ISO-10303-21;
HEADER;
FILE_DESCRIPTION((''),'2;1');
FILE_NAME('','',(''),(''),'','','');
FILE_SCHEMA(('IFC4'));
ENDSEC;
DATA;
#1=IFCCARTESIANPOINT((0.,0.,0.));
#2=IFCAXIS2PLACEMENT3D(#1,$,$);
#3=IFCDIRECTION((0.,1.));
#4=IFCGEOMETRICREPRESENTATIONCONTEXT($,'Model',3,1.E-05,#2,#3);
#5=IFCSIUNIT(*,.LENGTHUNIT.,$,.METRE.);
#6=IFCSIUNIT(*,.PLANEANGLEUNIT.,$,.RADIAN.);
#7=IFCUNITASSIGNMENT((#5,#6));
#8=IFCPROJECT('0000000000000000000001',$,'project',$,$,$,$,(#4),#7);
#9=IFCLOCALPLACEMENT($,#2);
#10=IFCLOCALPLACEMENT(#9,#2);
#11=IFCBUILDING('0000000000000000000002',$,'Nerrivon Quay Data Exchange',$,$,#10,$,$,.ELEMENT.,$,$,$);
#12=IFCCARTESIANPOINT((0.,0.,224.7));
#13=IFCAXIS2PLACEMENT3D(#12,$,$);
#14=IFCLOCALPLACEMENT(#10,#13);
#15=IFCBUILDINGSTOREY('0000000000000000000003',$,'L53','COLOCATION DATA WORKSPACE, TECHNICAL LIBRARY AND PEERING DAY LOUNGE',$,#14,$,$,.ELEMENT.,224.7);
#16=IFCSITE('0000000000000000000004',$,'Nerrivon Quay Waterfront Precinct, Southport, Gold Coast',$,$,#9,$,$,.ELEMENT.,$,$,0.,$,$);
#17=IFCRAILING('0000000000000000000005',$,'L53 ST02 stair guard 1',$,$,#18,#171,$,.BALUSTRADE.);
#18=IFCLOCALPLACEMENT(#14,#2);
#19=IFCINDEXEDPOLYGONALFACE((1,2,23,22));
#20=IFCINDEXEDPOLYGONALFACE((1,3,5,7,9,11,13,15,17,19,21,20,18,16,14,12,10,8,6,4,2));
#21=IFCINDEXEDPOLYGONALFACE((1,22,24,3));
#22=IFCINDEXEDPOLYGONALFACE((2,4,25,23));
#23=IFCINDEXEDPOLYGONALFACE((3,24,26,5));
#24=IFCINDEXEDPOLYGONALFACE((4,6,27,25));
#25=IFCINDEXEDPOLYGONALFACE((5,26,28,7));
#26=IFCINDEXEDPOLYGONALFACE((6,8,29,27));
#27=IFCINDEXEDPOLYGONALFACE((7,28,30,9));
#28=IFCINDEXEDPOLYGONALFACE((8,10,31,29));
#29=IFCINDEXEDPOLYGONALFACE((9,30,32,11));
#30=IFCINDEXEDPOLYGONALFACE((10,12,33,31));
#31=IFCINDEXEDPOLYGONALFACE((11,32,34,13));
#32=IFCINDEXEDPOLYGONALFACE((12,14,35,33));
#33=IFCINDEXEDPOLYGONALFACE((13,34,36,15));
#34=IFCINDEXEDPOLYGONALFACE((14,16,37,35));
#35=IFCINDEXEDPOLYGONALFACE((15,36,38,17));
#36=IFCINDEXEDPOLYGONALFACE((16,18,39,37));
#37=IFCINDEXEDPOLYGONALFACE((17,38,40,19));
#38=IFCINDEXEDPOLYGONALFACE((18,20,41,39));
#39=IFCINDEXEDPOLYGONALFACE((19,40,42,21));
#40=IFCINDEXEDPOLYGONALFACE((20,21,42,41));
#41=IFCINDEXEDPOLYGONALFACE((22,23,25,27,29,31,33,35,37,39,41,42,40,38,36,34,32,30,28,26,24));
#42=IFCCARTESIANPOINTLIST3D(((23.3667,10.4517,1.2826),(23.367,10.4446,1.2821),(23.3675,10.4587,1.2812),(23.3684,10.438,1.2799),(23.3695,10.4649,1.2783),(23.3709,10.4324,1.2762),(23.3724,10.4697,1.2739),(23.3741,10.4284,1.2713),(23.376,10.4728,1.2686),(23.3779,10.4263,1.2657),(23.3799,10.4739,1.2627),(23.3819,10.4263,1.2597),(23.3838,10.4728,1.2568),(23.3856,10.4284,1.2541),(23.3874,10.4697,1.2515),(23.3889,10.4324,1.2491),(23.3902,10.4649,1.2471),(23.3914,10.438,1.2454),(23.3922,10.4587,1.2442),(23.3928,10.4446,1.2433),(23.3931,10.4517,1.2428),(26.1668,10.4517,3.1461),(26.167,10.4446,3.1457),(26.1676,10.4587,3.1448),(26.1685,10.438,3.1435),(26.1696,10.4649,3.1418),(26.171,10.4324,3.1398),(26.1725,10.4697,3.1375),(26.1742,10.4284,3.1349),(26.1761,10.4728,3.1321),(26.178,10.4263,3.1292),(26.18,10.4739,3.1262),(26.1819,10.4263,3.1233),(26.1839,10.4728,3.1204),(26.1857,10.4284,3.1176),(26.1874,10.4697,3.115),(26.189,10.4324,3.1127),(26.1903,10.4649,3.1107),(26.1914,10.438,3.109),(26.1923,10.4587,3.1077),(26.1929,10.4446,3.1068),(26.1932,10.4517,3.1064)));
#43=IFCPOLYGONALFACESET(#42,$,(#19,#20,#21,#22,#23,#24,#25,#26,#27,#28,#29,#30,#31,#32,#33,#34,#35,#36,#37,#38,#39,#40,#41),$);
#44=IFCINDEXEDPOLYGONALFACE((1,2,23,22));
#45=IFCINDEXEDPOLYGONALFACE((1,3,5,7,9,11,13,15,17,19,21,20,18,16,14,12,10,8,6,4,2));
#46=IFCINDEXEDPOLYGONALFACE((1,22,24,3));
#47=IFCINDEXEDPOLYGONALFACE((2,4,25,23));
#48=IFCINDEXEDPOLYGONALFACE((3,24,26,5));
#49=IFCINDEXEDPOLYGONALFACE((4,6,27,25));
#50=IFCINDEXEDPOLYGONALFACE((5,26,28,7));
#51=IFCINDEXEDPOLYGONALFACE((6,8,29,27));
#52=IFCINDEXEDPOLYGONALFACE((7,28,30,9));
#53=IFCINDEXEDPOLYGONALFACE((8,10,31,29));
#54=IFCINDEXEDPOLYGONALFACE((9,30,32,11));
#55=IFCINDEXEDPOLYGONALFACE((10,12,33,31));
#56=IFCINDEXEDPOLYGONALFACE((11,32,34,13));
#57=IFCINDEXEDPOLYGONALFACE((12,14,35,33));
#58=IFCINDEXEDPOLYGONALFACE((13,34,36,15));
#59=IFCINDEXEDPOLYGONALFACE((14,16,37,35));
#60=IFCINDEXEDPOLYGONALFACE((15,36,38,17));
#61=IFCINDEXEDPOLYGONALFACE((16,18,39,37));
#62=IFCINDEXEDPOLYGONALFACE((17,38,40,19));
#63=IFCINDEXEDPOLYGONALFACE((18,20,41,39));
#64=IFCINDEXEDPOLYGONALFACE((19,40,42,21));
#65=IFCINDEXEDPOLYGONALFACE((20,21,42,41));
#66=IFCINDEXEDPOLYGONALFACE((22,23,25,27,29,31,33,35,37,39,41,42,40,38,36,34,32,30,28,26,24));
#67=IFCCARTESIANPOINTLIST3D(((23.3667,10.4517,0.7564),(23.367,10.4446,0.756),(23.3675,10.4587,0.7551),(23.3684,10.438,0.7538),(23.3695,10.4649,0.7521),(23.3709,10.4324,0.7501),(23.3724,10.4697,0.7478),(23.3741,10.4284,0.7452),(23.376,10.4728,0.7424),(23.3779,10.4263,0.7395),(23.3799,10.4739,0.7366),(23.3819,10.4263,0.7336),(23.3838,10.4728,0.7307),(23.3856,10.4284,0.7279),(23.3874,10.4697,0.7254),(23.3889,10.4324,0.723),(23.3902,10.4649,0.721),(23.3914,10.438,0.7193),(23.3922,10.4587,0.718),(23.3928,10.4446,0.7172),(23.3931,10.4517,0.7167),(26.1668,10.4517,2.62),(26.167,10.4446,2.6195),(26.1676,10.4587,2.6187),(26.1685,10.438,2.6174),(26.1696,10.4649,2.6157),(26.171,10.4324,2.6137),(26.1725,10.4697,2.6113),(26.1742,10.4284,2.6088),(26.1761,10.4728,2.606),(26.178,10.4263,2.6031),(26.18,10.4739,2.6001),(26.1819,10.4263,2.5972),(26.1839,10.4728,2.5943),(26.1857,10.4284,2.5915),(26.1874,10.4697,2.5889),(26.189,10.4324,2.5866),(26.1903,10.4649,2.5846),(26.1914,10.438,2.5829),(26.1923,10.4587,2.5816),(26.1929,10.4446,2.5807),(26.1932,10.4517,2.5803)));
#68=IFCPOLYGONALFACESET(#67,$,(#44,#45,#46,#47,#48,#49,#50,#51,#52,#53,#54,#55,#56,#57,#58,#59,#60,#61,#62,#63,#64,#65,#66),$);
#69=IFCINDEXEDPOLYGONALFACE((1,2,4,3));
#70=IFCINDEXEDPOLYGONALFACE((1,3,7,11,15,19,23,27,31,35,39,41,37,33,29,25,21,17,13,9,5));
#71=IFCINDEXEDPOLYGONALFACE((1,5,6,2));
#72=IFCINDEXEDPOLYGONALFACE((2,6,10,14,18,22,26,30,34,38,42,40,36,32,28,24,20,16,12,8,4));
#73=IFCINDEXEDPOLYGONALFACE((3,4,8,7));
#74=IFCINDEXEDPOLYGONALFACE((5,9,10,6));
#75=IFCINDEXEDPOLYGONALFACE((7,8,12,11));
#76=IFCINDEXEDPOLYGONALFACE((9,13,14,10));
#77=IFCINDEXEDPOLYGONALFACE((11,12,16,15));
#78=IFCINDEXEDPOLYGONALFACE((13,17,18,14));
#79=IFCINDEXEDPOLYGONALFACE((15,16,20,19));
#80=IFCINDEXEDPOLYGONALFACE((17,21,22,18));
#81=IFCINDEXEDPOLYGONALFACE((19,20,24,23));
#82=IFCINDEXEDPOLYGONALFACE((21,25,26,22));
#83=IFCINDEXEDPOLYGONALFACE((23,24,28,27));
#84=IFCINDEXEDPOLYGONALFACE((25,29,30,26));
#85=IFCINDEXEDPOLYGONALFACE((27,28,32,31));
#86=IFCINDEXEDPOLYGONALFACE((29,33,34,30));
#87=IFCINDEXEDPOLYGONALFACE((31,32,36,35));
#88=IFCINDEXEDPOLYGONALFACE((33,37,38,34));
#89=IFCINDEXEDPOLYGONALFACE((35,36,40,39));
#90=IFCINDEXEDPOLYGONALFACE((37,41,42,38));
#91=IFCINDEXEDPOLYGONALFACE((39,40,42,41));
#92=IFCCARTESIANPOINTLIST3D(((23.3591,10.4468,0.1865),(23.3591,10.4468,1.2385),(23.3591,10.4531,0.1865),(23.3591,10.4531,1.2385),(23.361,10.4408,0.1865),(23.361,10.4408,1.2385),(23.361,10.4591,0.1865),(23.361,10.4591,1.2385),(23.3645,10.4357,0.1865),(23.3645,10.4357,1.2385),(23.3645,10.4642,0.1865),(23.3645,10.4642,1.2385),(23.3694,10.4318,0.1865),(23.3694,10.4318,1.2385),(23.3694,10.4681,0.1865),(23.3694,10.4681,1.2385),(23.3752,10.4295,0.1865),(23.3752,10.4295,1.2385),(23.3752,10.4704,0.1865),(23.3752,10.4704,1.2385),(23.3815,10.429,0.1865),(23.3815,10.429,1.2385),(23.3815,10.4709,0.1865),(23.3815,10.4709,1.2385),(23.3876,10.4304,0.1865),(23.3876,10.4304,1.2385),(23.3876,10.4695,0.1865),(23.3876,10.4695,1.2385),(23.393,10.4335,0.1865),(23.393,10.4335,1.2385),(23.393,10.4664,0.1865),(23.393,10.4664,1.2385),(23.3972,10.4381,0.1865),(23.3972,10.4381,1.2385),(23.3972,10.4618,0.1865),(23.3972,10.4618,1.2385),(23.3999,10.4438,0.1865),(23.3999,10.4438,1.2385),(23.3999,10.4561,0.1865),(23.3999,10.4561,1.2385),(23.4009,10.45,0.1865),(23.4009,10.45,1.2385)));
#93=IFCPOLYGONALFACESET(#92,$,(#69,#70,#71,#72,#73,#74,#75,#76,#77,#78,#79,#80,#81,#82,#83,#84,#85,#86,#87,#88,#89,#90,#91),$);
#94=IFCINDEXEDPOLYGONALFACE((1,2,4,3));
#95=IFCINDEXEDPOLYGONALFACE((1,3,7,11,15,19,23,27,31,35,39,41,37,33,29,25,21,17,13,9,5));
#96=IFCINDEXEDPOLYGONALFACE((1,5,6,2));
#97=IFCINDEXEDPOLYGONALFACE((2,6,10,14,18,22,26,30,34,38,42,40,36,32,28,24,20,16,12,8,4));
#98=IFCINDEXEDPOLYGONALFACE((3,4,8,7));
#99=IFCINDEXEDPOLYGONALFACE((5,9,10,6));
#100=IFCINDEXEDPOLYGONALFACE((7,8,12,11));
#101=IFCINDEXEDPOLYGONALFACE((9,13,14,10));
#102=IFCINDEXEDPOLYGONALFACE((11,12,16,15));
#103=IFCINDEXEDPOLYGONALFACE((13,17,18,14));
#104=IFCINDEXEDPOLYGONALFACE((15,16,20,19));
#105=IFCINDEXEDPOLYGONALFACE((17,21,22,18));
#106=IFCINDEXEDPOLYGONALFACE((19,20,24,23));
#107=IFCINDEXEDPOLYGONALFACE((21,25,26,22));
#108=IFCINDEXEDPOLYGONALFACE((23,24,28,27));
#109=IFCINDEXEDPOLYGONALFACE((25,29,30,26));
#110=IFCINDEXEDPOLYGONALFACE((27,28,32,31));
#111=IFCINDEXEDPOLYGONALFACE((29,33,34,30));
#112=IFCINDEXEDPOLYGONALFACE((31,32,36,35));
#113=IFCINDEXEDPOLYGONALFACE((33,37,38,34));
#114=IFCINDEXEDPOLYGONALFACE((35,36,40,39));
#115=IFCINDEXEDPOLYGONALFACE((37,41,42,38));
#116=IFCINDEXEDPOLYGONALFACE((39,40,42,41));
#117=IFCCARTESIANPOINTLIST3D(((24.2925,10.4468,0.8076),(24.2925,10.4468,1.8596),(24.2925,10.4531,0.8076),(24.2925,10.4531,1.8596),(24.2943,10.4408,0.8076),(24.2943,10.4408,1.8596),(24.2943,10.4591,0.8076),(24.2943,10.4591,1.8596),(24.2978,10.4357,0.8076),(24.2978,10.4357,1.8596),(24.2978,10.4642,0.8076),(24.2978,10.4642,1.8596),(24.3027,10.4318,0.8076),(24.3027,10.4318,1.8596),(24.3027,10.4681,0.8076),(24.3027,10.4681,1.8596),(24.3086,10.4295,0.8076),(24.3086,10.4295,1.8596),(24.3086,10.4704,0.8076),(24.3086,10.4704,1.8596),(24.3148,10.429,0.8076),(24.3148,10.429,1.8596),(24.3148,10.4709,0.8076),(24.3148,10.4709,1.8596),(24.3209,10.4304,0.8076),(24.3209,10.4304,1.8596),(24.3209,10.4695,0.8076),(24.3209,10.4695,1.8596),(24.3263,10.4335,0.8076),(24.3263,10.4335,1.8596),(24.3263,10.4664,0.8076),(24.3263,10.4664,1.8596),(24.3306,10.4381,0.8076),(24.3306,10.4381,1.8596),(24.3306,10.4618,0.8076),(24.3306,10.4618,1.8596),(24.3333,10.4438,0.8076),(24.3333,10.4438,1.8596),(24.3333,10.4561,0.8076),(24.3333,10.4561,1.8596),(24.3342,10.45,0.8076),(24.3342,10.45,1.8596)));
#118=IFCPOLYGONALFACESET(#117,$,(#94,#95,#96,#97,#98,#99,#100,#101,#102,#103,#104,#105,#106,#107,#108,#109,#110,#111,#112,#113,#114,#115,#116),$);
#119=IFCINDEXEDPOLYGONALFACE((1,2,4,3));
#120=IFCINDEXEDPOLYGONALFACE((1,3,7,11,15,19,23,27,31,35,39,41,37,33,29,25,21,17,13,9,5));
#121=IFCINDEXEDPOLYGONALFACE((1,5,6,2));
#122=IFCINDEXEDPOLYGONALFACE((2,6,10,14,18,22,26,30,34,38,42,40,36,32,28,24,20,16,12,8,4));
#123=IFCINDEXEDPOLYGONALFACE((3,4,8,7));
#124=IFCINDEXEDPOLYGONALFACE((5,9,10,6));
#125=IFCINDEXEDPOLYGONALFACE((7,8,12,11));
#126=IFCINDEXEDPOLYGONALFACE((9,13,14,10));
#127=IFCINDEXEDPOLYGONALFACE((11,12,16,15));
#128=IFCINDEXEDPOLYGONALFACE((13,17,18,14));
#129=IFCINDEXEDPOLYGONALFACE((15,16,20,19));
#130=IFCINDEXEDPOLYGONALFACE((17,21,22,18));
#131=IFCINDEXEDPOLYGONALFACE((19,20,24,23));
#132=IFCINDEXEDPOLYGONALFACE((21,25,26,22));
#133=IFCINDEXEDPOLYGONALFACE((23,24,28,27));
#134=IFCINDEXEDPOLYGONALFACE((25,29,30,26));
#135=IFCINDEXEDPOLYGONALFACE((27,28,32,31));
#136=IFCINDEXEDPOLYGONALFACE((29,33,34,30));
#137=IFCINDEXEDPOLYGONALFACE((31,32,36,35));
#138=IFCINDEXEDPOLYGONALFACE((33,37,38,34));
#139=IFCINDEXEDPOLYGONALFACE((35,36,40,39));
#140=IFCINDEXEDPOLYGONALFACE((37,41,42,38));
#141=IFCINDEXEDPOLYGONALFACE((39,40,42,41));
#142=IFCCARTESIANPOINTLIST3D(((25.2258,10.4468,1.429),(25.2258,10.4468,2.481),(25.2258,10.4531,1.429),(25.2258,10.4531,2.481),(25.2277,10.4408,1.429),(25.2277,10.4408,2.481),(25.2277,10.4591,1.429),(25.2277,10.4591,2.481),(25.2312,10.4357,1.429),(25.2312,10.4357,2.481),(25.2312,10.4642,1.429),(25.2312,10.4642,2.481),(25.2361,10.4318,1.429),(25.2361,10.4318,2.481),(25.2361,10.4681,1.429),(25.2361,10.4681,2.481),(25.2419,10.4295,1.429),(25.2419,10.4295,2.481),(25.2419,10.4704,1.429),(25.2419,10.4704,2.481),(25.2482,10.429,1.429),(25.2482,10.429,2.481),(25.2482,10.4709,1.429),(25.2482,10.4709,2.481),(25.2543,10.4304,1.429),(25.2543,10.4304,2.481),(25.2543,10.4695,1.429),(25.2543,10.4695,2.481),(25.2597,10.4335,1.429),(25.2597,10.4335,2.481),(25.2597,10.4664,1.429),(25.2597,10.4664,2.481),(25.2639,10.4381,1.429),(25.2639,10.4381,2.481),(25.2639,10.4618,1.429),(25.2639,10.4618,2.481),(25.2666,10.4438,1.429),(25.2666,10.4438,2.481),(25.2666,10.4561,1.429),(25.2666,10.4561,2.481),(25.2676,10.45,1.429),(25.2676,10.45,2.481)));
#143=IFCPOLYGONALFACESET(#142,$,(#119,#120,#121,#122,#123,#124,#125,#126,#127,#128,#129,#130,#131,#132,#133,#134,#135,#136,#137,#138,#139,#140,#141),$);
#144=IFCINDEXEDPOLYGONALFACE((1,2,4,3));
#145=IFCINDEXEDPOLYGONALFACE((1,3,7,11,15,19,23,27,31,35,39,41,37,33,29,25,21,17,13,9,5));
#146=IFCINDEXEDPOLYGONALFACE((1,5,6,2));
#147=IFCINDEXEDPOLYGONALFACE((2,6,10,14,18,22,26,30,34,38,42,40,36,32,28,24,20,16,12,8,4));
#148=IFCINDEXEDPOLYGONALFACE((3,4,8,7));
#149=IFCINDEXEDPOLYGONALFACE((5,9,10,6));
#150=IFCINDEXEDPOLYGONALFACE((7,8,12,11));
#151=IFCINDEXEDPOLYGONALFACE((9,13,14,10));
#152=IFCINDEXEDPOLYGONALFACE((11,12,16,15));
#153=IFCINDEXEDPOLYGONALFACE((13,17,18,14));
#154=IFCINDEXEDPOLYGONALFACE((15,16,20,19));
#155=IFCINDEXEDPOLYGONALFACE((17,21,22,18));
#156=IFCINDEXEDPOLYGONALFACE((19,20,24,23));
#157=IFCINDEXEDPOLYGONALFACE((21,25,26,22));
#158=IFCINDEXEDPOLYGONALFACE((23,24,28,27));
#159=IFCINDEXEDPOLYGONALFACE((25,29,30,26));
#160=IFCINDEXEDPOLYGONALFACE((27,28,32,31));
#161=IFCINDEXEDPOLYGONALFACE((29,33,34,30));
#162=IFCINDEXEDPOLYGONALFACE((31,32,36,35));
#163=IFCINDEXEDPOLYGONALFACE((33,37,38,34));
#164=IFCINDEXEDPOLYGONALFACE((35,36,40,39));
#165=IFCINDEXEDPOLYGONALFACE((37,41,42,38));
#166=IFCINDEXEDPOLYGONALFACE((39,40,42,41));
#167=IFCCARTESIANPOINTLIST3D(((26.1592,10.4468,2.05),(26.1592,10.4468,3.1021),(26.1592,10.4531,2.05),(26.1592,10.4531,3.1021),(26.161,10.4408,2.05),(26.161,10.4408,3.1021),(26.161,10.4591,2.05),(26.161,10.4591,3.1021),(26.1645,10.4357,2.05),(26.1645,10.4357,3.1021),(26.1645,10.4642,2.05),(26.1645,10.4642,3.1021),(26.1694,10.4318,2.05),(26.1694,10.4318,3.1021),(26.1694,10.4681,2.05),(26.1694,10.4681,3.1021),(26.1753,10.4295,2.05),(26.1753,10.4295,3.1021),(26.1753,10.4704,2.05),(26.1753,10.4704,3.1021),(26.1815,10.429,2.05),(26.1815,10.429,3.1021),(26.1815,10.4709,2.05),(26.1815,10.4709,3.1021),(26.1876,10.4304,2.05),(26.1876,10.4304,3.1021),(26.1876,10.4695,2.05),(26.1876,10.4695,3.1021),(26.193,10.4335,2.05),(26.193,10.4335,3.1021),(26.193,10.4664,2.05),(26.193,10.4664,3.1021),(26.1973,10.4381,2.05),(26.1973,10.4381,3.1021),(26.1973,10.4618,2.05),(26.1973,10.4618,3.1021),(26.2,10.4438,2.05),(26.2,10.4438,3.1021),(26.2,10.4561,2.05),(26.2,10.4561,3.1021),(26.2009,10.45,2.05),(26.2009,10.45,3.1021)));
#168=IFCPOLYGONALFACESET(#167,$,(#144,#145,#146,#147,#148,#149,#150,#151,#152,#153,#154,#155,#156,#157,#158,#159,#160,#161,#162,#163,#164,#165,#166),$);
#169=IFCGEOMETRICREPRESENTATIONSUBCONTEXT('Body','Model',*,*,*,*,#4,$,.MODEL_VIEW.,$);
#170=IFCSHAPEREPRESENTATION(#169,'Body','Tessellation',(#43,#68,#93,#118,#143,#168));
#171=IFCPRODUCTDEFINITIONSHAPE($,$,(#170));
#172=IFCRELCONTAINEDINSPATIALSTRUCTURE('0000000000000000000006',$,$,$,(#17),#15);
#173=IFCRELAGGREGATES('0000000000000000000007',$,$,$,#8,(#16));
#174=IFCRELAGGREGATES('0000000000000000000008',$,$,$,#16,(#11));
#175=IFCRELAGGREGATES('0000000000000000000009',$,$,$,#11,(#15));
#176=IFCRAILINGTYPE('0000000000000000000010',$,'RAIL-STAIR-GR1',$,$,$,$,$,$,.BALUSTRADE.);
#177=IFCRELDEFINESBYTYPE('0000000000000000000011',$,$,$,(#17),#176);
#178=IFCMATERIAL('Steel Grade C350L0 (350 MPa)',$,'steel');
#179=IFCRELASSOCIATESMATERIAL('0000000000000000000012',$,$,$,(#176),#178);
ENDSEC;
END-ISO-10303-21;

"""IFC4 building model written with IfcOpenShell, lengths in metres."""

from ifc_helpers import new_model, si_unit, direction, frame, origin, origin_2d, place, context, subcontext, project, spatial, circle, extrude, material, type_object, element, save


model = new_model("IFC4")

# Units and contexts
model_context = context("Model", 3, precision=1e-05, world=origin(), true_north=direction((0.0, 1.0)))
body_context = subcontext(model_context, "Body", "Model", "MODEL_VIEW")
ifc_project = project(units=[si_unit("LENGTHUNIT", "METRE"), si_unit("PLANEANGLEUNIT", "RADIAN")], contexts=[model_context])

# Site, building, storey
site_placement = place(None, origin())
site = spatial("IfcSite", under=ifc_project, at=site_placement, Name="Nerrivon Quay Waterfront Precinct, Southport, Gold Coast", CompositionType="ELEMENT", RefElevation=0.0)
building_placement = place(site_placement, origin())
building = spatial("IfcBuilding", under=site, at=building_placement, Name="Nerrivon Quay Data Exchange", CompositionType="ELEMENT")
storey_placement = place(building_placement, frame((0.0, 0.0, 224.7)))
storey = spatial("IfcBuildingStorey", under=building, at=storey_placement, Name="L53", Description="COLOCATION DATA WORKSPACE, TECHNICAL LIBRARY AND PEERING DAY LOUNGE", CompositionType="ELEMENT", Elevation=224.7)

# Railing
ifc_material_1 = material(Name="Steel Grade C350L0 (350 MPa)", Category="steel")
railing_type_1 = type_object("IfcRailingType", Name="RAIL-STAIR-GR1", PredefinedType="BALUSTRADE", material=ifc_material_1)
railing_1_placement = place(storey_placement, frame((23.3799, 10.45, 0.1865)))
element("IfcRailing", 1, at=railing_1_placement, inside=storey, type_object=railing_type_1, Name="L53 ST02 stair guard 1", PredefinedType="BALUSTRADE", context=body_context, shape_type="SweptSolid", body=[
    extrude(circle(Radius=0.0239, at=origin_2d()), frame((0.0, 0.0, 1.0762), z_axis=(0.832486, 0.0, 0.554047), x_axis=(0.0, 1.0, 0.0)), (0.0, 0.0, 1.0), 3.3635),
    extrude(circle(Radius=0.0239, at=origin_2d()), frame((0.0, 0.0, 0.55), z_axis=(0.832486, 0.0, 0.554047), x_axis=(0.0, 1.0, 0.0)), (0.0, 0.0, 1.0), 3.3635),
    extrude(circle(Radius=0.021, at=origin_2d()), origin(), (0.0, 0.0, 1.0), 1.052),
    extrude(circle(Radius=0.021, at=origin_2d()), frame((0.9333, 0.0, 0.6211)), (0.0, 0.0, 1.0), 1.052),
    extrude(circle(Radius=0.021, at=origin_2d()), frame((1.8667, 0.0, 1.2424)), (0.0, 0.0, 1.0), 1.052),
    extrude(circle(Radius=0.021, at=origin_2d()), frame((2.8, 0.0, 1.8635)), (0.0, 0.0, 1.0), 1.052),
])

save(model, "model.ifc")
